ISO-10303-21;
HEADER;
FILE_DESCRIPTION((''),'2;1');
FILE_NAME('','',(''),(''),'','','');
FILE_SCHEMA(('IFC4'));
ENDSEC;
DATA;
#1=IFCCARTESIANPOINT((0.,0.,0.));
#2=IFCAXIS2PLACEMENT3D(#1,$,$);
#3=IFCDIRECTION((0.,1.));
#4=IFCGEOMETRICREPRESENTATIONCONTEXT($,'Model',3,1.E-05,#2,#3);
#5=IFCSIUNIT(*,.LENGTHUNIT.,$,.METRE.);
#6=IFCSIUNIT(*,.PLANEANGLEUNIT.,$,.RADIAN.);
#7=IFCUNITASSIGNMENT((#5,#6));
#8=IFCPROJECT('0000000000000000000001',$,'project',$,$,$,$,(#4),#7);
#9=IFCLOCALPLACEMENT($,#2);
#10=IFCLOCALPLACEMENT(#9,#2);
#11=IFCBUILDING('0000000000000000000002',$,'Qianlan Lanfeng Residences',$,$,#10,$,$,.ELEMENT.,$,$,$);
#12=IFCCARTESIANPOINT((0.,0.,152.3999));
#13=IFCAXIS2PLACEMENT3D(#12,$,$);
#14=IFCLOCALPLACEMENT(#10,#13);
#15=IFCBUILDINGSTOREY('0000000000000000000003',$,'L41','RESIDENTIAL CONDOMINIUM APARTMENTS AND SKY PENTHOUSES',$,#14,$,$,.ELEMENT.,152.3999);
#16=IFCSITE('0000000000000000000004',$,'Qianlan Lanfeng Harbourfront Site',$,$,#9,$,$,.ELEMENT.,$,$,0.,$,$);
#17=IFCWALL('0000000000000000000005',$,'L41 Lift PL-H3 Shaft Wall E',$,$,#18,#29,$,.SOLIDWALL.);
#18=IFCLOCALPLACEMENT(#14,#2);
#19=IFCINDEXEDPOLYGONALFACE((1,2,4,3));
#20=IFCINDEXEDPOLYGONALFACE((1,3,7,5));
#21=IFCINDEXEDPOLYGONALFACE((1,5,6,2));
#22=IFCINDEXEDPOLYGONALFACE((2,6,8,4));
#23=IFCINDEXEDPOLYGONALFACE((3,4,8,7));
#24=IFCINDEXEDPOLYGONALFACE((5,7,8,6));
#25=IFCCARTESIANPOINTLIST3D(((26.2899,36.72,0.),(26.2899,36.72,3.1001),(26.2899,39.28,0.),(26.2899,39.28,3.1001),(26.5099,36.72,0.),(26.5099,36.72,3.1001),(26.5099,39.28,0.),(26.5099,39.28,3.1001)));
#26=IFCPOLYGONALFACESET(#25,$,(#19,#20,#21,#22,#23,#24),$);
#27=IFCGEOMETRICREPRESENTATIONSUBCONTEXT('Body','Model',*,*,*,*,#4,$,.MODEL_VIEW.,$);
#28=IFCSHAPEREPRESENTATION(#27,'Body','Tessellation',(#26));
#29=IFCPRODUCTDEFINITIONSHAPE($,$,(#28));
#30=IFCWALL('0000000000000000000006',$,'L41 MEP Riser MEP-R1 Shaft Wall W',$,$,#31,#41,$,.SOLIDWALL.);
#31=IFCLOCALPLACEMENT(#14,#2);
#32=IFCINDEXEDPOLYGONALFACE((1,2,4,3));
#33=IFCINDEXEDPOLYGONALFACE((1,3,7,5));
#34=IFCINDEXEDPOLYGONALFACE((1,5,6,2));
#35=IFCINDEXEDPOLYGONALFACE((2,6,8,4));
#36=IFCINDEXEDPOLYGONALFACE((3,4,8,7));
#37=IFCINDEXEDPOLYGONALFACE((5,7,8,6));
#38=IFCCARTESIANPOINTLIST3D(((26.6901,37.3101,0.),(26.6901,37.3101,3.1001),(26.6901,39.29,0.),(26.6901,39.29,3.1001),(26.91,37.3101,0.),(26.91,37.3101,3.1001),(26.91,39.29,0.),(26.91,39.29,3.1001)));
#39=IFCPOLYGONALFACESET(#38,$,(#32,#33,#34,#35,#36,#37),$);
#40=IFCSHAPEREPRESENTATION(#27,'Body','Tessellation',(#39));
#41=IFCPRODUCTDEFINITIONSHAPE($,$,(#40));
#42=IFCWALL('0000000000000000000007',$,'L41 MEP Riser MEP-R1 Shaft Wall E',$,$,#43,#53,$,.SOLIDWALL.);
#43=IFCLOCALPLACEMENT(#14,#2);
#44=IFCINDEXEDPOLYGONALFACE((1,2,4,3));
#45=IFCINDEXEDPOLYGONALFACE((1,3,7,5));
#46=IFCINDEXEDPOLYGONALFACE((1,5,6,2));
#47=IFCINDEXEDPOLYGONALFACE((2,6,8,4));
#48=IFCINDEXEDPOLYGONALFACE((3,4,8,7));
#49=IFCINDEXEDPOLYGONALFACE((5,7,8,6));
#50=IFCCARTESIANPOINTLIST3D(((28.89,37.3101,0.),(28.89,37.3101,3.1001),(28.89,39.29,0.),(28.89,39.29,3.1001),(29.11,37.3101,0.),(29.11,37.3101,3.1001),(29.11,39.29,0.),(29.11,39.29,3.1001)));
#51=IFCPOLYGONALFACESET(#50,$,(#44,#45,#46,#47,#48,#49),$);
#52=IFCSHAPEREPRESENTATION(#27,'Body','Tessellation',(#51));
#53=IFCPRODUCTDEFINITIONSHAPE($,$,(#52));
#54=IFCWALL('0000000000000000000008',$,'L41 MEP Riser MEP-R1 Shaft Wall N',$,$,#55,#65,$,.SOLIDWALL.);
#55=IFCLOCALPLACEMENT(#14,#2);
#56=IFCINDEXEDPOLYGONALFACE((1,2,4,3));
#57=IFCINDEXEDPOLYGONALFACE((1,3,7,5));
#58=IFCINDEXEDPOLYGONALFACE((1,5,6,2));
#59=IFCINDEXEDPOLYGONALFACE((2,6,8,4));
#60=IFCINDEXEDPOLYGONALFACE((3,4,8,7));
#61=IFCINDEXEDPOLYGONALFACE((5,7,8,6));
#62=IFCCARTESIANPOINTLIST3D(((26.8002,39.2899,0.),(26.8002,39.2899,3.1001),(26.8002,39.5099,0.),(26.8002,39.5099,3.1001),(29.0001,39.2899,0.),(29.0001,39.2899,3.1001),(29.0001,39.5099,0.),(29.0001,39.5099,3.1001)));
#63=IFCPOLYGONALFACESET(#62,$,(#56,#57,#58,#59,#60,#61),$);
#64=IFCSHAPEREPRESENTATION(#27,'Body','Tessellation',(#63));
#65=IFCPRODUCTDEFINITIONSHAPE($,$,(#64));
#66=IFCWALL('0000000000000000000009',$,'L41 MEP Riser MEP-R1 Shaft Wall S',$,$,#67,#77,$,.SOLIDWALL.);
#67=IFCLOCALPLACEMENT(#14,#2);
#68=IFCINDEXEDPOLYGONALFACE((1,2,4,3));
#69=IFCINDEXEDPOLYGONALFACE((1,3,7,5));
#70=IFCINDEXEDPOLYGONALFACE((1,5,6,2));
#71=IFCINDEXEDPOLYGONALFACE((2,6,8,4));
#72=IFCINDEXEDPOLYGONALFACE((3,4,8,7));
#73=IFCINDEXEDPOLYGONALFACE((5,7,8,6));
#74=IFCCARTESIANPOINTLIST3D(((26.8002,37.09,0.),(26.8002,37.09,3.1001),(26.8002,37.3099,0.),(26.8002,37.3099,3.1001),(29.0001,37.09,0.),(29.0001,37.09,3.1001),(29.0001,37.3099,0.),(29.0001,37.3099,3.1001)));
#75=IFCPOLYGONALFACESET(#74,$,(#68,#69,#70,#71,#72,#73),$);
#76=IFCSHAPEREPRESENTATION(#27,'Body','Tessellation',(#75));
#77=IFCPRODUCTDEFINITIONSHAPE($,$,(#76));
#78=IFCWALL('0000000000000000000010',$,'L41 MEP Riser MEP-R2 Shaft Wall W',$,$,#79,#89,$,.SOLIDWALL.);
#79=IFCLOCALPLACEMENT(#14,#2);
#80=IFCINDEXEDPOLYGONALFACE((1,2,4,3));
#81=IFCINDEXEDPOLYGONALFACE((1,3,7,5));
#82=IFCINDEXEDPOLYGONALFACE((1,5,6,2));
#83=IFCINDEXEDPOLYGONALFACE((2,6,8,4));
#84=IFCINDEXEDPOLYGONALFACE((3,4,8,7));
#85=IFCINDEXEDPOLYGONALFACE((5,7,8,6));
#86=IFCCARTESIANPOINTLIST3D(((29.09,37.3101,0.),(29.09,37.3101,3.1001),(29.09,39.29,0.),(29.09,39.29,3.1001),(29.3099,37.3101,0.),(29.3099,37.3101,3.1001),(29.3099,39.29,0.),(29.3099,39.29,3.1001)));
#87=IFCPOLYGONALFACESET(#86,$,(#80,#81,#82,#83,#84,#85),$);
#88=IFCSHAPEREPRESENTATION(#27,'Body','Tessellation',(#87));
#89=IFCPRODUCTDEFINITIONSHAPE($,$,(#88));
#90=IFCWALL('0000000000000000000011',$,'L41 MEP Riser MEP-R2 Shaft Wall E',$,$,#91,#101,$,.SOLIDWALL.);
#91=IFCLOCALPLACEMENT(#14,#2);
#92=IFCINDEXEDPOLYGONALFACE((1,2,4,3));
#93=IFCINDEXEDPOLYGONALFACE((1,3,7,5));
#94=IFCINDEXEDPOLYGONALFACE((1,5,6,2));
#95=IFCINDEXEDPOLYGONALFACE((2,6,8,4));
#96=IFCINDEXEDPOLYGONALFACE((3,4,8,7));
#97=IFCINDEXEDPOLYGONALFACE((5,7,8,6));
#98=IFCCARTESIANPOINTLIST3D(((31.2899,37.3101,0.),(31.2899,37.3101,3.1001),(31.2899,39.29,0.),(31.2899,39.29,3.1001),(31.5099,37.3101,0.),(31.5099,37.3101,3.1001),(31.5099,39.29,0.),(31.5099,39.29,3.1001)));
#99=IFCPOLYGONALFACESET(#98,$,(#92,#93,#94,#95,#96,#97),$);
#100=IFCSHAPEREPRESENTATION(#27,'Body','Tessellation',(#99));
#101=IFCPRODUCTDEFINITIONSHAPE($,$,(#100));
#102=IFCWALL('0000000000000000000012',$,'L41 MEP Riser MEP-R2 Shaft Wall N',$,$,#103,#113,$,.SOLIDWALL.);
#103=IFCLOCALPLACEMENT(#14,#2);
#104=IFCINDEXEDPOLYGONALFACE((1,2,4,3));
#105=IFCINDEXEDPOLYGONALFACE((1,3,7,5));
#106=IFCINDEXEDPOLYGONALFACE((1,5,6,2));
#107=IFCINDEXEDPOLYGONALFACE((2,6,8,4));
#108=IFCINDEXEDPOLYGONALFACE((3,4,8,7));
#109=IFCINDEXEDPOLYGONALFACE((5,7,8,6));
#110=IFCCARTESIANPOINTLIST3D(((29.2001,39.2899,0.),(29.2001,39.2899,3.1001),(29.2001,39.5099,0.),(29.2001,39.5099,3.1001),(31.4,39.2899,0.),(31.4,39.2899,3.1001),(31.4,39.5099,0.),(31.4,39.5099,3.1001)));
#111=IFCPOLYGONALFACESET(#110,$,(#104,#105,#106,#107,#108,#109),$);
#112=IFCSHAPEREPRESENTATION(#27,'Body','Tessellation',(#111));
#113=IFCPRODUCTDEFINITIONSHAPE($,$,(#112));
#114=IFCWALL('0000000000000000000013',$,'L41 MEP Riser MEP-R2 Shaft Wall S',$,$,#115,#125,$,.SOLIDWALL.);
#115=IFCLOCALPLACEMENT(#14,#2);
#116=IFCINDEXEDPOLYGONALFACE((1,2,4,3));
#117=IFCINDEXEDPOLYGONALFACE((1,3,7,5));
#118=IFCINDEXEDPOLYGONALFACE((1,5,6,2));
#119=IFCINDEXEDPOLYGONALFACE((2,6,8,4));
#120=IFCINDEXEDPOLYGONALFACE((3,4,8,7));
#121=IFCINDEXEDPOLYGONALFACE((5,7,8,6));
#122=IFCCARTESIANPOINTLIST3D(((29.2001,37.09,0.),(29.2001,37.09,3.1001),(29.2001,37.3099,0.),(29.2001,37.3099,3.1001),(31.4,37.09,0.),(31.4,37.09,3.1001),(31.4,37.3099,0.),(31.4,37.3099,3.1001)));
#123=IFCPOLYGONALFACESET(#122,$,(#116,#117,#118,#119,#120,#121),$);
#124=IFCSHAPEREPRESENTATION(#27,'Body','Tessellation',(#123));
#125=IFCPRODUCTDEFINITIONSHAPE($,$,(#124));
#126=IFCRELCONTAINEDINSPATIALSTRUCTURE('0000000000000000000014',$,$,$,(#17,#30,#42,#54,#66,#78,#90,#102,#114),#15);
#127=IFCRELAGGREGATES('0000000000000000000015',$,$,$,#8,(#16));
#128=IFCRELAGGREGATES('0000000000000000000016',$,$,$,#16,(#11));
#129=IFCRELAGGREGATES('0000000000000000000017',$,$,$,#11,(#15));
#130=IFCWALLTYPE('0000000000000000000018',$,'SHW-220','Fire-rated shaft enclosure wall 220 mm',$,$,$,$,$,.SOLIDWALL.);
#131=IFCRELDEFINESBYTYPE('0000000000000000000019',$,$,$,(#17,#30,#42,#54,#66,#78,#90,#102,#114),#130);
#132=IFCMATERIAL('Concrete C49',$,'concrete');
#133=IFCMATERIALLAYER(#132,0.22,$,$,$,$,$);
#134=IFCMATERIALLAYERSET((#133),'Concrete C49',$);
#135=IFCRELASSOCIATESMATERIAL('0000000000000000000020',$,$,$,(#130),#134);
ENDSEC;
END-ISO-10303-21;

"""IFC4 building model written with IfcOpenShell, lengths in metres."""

from ifc_helpers import new_model, si_unit, direction, frame, frame_2d, origin, place, context, subcontext, project, spatial, rectangle, extrude, material, layer, layer_set, type_object, element, save


model = new_model("IFC4")

# Units and contexts
model_context = context("Model", 3, precision=1e-05, world=origin(), true_north=direction((0.0, 1.0)))
body_context = subcontext(model_context, "Body", "Model", "MODEL_VIEW")
ifc_project = project(units=[si_unit("LENGTHUNIT", "METRE"), si_unit("PLANEANGLEUNIT", "RADIAN")], contexts=[model_context])

# Site, building, storey
site_placement = place(None, origin())
site = spatial("IfcSite", under=ifc_project, at=site_placement, Name="Qianlan Lanfeng Harbourfront Site", CompositionType="ELEMENT", RefElevation=0.0)
building_placement = place(site_placement, origin())
building = spatial("IfcBuilding", under=site, at=building_placement, Name="Qianlan Lanfeng Residences", CompositionType="ELEMENT")
storey_placement = place(building_placement, frame((0.0, 0.0, 152.3999)))
storey = spatial("IfcBuildingStorey", under=building, at=storey_placement, Name="L41", Description="RESIDENTIAL CONDOMINIUM APARTMENTS AND SKY PENTHOUSES", CompositionType="ELEMENT", Elevation=152.3999)

# Walls
ifc_material_1 = material(Name="Concrete C49", Category="concrete")
ifc_layer_1 = layer(ifc_material_1, 0.22)
ifc_layer_set_1 = layer_set([ifc_layer_1], Name="Concrete C49")
wall_type_1 = type_object("IfcWallType", Name="SHW-220", Description="Fire-rated shaft enclosure wall 220 mm", PredefinedType="SOLIDWALL", material=ifc_layer_set_1)
for number, where, z_axis, x_axis, name in (
    (1, (26.3999, 36.72, 0.0), (0.0, 0.0, 1.0), (0.0, 1.0, 0.0), "L41 Lift PL-H3 Shaft Wall E"),
):
    element("IfcWall", number, at=place(storey_placement, frame(where, z_axis=z_axis, x_axis=x_axis)), inside=storey, type_object=wall_type_1, Name=name, PredefinedType="SOLIDWALL", context=body_context, shape_type="SweptSolid", body=[
        extrude(rectangle(XDim=2.5601, YDim=0.22, at=frame_2d((1.28, 0.0))), origin(), (0.0, 0.0, 1.0), 3.1001),
    ])
for number, where, z_axis, x_axis, name in (
    (2, (26.8, 37.3101, 0.0), (0.0, 0.0, 1.0), (0.0, 1.0, 0.0), "L41 MEP Riser MEP-R1 Shaft Wall W"),
    (3, (29.0, 37.3101, 0.0), (0.0, 0.0, 1.0), (0.0, 1.0, 0.0), "L41 MEP Riser MEP-R1 Shaft Wall E"),
):
    element("IfcWall", number, at=place(storey_placement, frame(where, z_axis=z_axis, x_axis=x_axis)), inside=storey, type_object=wall_type_1, Name=name, PredefinedType="SOLIDWALL", context=body_context, shape_type="SweptSolid", body=[
        extrude(rectangle(XDim=1.98, YDim=0.22, at=frame_2d((0.99, 0.0))), origin(), (0.0, 0.0, 1.0), 3.1001),
    ])
for number, where, z_axis, x_axis, name in (
    (4, (26.8, 39.3999, 0.0), (0.0, 0.0, 1.0), (1.0, 0.0, 0.0), "L41 MEP Riser MEP-R1 Shaft Wall N"),
    (5, (26.8, 37.2, 0.0), (0.0, 0.0, 1.0), (1.0, 0.0, 0.0), "L41 MEP Riser MEP-R1 Shaft Wall S"),
):
    element("IfcWall", number, at=place(storey_placement, frame(where, z_axis=z_axis, x_axis=x_axis)), inside=storey, type_object=wall_type_1, Name=name, PredefinedType="SOLIDWALL", context=body_context, shape_type="SweptSolid", body=[
        extrude(rectangle(XDim=2.2, YDim=0.22, at=frame_2d((1.1001, 0.0))), origin(), (0.0, 0.0, 1.0), 3.1001),
    ])
for number, where, z_axis, x_axis, name in (
    (6, (29.2, 37.3101, 0.0), (0.0, 0.0, 1.0), (0.0, 1.0, 0.0), "L41 MEP Riser MEP-R2 Shaft Wall W"),
    (7, (31.3999, 37.3101, 0.0), (0.0, 0.0, 1.0), (0.0, 1.0, 0.0), "L41 MEP Riser MEP-R2 Shaft Wall E"),
):
    element("IfcWall", number, at=place(storey_placement, frame(where, z_axis=z_axis, x_axis=x_axis)), inside=storey, type_object=wall_type_1, Name=name, PredefinedType="SOLIDWALL", context=body_context, shape_type="SweptSolid", body=[
        extrude(rectangle(XDim=1.98, YDim=0.22, at=frame_2d((0.99, 0.0))), origin(), (0.0, 0.0, 1.0), 3.1001),
    ])
for number, where, z_axis, x_axis, name in (
    (8, (29.2, 39.3999, 0.0), (0.0, 0.0, 1.0), (1.0, 0.0, 0.0), "L41 MEP Riser MEP-R2 Shaft Wall N"),
    (9, (29.2, 37.2, 0.0), (0.0, 0.0, 1.0), (1.0, 0.0, 0.0), "L41 MEP Riser MEP-R2 Shaft Wall S"),
):
    element("IfcWall", number, at=place(storey_placement, frame(where, z_axis=z_axis, x_axis=x_axis)), inside=storey, type_object=wall_type_1, Name=name, PredefinedType="SOLIDWALL", context=body_context, shape_type="SweptSolid", body=[
        extrude(rectangle(XDim=2.2, YDim=0.22, at=frame_2d((1.1001, 0.0))), origin(), (0.0, 0.0, 1.0), 3.1001),
    ])

save(model, "model.ifc")
